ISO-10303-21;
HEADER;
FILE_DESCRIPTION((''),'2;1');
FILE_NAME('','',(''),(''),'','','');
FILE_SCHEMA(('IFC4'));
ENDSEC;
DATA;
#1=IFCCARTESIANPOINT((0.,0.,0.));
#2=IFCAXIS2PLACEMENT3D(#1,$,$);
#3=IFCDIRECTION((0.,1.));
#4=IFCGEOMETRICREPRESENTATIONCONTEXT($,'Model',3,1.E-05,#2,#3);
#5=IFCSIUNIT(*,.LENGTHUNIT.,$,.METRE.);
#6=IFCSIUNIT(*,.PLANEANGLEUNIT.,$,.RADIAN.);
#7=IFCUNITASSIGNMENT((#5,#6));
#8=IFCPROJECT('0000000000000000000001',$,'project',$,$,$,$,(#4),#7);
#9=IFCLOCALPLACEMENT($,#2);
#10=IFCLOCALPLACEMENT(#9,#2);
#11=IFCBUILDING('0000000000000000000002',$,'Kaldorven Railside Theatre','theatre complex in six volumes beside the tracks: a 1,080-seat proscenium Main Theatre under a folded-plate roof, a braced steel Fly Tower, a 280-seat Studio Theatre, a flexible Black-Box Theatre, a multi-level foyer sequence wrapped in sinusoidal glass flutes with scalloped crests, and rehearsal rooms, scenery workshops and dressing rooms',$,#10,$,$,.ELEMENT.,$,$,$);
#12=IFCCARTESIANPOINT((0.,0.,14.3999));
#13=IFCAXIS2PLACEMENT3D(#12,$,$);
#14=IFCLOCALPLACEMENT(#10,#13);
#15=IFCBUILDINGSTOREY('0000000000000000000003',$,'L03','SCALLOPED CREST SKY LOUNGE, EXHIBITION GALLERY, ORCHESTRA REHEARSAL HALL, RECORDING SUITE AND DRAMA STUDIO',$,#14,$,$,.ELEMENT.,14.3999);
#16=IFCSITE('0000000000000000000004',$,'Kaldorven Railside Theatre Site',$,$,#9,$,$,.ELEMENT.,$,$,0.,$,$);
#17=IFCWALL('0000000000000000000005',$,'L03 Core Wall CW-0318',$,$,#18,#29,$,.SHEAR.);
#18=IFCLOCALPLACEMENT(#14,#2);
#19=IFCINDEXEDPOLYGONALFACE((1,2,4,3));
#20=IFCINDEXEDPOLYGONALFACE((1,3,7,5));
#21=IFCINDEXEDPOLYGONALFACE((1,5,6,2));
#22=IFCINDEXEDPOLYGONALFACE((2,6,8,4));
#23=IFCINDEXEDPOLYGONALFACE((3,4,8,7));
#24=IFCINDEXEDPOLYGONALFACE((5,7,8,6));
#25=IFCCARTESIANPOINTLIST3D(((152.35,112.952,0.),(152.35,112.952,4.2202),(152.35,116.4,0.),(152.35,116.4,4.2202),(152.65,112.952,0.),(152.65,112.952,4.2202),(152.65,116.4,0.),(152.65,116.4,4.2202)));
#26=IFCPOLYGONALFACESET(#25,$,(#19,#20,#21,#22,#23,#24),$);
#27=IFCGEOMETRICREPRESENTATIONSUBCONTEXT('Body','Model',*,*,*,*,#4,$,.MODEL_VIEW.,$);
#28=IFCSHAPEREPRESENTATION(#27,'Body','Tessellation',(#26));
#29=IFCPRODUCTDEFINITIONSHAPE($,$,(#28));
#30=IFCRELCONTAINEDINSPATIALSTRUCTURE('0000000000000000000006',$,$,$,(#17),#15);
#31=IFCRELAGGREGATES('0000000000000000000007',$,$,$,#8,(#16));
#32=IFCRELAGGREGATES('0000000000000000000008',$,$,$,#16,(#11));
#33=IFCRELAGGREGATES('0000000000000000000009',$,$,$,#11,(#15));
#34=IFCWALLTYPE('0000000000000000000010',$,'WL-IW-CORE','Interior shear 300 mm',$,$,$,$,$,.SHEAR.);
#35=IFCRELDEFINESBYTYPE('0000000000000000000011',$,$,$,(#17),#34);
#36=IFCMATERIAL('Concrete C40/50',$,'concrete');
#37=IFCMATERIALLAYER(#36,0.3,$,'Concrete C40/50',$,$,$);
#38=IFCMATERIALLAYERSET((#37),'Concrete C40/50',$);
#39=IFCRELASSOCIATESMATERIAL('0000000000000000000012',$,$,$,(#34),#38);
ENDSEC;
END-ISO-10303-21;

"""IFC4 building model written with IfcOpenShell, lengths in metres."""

from ifc_helpers import new_model, si_unit, direction, frame, frame_2d, origin, place, context, subcontext, project, spatial, rectangle, extrude, material, layer, layer_set, type_object, element, save


model = new_model("IFC4")

# Units and contexts
model_context = context("Model", 3, precision=1e-05, world=origin(), true_north=direction((0.0, 1.0)))
body_context = subcontext(model_context, "Body", "Model", "MODEL_VIEW")
ifc_project = project(units=[si_unit("LENGTHUNIT", "METRE"), si_unit("PLANEANGLEUNIT", "RADIAN")], contexts=[model_context])

# Site, building, storey
site_placement = place(None, origin())
site = spatial("IfcSite", under=ifc_project, at=site_placement, Name="Kaldorven Railside Theatre Site", CompositionType="ELEMENT", RefElevation=0.0)
building_placement = place(site_placement, origin())
building = spatial("IfcBuilding", under=site, at=building_placement, Name="Kaldorven Railside Theatre", Description="theatre complex in six volumes beside the tracks: a 1,080-seat proscenium Main Theatre under a folded-plate roof, a braced steel Fly Tower, a 280-seat Studio Theatre, a flexible Black-Box Theatre, a multi-level foyer sequence wrapped in sinusoidal glass flutes with scalloped crests, and rehearsal rooms, scenery workshops and dressing rooms", CompositionType="ELEMENT")
storey_placement = place(building_placement, frame((0.0, 0.0, 14.3999)))
storey = spatial("IfcBuildingStorey", under=building, at=storey_placement, Name="L03", Description="SCALLOPED CREST SKY LOUNGE, EXHIBITION GALLERY, ORCHESTRA REHEARSAL HALL, RECORDING SUITE AND DRAMA STUDIO", CompositionType="ELEMENT", Elevation=14.3999)

# Shared definitions
ifc_material_1 = material(Name="Concrete C40/50", Category="concrete")

# Wall
ifc_layer_1 = layer(ifc_material_1, 0.3, Name="Concrete C40/50")
ifc_layer_set_1 = layer_set([ifc_layer_1], Name="Concrete C40/50")
wall_type_1 = type_object("IfcWallType", Name="WL-IW-CORE", Description="Interior shear 300 mm", PredefinedType="SHEAR", material=ifc_layer_set_1)
wall_1_placement = place(storey_placement, frame((152.5, 112.9519, 0.0), z_axis=(0.0, 0.0, 1.0), x_axis=(0.0, 1.0, 0.0)))
element("IfcWall", 1, at=wall_1_placement, inside=storey, type_object=wall_type_1, Name="L03 Core Wall CW-0318", PredefinedType="SHEAR", context=body_context, shape_type="SweptSolid", body=[
    extrude(rectangle(XDim=3.448, YDim=0.3, at=frame_2d((1.7241, 0.0))), origin(), (0.0, 0.0, 1.0), 4.2202),
])

save(model, "model.ifc")
